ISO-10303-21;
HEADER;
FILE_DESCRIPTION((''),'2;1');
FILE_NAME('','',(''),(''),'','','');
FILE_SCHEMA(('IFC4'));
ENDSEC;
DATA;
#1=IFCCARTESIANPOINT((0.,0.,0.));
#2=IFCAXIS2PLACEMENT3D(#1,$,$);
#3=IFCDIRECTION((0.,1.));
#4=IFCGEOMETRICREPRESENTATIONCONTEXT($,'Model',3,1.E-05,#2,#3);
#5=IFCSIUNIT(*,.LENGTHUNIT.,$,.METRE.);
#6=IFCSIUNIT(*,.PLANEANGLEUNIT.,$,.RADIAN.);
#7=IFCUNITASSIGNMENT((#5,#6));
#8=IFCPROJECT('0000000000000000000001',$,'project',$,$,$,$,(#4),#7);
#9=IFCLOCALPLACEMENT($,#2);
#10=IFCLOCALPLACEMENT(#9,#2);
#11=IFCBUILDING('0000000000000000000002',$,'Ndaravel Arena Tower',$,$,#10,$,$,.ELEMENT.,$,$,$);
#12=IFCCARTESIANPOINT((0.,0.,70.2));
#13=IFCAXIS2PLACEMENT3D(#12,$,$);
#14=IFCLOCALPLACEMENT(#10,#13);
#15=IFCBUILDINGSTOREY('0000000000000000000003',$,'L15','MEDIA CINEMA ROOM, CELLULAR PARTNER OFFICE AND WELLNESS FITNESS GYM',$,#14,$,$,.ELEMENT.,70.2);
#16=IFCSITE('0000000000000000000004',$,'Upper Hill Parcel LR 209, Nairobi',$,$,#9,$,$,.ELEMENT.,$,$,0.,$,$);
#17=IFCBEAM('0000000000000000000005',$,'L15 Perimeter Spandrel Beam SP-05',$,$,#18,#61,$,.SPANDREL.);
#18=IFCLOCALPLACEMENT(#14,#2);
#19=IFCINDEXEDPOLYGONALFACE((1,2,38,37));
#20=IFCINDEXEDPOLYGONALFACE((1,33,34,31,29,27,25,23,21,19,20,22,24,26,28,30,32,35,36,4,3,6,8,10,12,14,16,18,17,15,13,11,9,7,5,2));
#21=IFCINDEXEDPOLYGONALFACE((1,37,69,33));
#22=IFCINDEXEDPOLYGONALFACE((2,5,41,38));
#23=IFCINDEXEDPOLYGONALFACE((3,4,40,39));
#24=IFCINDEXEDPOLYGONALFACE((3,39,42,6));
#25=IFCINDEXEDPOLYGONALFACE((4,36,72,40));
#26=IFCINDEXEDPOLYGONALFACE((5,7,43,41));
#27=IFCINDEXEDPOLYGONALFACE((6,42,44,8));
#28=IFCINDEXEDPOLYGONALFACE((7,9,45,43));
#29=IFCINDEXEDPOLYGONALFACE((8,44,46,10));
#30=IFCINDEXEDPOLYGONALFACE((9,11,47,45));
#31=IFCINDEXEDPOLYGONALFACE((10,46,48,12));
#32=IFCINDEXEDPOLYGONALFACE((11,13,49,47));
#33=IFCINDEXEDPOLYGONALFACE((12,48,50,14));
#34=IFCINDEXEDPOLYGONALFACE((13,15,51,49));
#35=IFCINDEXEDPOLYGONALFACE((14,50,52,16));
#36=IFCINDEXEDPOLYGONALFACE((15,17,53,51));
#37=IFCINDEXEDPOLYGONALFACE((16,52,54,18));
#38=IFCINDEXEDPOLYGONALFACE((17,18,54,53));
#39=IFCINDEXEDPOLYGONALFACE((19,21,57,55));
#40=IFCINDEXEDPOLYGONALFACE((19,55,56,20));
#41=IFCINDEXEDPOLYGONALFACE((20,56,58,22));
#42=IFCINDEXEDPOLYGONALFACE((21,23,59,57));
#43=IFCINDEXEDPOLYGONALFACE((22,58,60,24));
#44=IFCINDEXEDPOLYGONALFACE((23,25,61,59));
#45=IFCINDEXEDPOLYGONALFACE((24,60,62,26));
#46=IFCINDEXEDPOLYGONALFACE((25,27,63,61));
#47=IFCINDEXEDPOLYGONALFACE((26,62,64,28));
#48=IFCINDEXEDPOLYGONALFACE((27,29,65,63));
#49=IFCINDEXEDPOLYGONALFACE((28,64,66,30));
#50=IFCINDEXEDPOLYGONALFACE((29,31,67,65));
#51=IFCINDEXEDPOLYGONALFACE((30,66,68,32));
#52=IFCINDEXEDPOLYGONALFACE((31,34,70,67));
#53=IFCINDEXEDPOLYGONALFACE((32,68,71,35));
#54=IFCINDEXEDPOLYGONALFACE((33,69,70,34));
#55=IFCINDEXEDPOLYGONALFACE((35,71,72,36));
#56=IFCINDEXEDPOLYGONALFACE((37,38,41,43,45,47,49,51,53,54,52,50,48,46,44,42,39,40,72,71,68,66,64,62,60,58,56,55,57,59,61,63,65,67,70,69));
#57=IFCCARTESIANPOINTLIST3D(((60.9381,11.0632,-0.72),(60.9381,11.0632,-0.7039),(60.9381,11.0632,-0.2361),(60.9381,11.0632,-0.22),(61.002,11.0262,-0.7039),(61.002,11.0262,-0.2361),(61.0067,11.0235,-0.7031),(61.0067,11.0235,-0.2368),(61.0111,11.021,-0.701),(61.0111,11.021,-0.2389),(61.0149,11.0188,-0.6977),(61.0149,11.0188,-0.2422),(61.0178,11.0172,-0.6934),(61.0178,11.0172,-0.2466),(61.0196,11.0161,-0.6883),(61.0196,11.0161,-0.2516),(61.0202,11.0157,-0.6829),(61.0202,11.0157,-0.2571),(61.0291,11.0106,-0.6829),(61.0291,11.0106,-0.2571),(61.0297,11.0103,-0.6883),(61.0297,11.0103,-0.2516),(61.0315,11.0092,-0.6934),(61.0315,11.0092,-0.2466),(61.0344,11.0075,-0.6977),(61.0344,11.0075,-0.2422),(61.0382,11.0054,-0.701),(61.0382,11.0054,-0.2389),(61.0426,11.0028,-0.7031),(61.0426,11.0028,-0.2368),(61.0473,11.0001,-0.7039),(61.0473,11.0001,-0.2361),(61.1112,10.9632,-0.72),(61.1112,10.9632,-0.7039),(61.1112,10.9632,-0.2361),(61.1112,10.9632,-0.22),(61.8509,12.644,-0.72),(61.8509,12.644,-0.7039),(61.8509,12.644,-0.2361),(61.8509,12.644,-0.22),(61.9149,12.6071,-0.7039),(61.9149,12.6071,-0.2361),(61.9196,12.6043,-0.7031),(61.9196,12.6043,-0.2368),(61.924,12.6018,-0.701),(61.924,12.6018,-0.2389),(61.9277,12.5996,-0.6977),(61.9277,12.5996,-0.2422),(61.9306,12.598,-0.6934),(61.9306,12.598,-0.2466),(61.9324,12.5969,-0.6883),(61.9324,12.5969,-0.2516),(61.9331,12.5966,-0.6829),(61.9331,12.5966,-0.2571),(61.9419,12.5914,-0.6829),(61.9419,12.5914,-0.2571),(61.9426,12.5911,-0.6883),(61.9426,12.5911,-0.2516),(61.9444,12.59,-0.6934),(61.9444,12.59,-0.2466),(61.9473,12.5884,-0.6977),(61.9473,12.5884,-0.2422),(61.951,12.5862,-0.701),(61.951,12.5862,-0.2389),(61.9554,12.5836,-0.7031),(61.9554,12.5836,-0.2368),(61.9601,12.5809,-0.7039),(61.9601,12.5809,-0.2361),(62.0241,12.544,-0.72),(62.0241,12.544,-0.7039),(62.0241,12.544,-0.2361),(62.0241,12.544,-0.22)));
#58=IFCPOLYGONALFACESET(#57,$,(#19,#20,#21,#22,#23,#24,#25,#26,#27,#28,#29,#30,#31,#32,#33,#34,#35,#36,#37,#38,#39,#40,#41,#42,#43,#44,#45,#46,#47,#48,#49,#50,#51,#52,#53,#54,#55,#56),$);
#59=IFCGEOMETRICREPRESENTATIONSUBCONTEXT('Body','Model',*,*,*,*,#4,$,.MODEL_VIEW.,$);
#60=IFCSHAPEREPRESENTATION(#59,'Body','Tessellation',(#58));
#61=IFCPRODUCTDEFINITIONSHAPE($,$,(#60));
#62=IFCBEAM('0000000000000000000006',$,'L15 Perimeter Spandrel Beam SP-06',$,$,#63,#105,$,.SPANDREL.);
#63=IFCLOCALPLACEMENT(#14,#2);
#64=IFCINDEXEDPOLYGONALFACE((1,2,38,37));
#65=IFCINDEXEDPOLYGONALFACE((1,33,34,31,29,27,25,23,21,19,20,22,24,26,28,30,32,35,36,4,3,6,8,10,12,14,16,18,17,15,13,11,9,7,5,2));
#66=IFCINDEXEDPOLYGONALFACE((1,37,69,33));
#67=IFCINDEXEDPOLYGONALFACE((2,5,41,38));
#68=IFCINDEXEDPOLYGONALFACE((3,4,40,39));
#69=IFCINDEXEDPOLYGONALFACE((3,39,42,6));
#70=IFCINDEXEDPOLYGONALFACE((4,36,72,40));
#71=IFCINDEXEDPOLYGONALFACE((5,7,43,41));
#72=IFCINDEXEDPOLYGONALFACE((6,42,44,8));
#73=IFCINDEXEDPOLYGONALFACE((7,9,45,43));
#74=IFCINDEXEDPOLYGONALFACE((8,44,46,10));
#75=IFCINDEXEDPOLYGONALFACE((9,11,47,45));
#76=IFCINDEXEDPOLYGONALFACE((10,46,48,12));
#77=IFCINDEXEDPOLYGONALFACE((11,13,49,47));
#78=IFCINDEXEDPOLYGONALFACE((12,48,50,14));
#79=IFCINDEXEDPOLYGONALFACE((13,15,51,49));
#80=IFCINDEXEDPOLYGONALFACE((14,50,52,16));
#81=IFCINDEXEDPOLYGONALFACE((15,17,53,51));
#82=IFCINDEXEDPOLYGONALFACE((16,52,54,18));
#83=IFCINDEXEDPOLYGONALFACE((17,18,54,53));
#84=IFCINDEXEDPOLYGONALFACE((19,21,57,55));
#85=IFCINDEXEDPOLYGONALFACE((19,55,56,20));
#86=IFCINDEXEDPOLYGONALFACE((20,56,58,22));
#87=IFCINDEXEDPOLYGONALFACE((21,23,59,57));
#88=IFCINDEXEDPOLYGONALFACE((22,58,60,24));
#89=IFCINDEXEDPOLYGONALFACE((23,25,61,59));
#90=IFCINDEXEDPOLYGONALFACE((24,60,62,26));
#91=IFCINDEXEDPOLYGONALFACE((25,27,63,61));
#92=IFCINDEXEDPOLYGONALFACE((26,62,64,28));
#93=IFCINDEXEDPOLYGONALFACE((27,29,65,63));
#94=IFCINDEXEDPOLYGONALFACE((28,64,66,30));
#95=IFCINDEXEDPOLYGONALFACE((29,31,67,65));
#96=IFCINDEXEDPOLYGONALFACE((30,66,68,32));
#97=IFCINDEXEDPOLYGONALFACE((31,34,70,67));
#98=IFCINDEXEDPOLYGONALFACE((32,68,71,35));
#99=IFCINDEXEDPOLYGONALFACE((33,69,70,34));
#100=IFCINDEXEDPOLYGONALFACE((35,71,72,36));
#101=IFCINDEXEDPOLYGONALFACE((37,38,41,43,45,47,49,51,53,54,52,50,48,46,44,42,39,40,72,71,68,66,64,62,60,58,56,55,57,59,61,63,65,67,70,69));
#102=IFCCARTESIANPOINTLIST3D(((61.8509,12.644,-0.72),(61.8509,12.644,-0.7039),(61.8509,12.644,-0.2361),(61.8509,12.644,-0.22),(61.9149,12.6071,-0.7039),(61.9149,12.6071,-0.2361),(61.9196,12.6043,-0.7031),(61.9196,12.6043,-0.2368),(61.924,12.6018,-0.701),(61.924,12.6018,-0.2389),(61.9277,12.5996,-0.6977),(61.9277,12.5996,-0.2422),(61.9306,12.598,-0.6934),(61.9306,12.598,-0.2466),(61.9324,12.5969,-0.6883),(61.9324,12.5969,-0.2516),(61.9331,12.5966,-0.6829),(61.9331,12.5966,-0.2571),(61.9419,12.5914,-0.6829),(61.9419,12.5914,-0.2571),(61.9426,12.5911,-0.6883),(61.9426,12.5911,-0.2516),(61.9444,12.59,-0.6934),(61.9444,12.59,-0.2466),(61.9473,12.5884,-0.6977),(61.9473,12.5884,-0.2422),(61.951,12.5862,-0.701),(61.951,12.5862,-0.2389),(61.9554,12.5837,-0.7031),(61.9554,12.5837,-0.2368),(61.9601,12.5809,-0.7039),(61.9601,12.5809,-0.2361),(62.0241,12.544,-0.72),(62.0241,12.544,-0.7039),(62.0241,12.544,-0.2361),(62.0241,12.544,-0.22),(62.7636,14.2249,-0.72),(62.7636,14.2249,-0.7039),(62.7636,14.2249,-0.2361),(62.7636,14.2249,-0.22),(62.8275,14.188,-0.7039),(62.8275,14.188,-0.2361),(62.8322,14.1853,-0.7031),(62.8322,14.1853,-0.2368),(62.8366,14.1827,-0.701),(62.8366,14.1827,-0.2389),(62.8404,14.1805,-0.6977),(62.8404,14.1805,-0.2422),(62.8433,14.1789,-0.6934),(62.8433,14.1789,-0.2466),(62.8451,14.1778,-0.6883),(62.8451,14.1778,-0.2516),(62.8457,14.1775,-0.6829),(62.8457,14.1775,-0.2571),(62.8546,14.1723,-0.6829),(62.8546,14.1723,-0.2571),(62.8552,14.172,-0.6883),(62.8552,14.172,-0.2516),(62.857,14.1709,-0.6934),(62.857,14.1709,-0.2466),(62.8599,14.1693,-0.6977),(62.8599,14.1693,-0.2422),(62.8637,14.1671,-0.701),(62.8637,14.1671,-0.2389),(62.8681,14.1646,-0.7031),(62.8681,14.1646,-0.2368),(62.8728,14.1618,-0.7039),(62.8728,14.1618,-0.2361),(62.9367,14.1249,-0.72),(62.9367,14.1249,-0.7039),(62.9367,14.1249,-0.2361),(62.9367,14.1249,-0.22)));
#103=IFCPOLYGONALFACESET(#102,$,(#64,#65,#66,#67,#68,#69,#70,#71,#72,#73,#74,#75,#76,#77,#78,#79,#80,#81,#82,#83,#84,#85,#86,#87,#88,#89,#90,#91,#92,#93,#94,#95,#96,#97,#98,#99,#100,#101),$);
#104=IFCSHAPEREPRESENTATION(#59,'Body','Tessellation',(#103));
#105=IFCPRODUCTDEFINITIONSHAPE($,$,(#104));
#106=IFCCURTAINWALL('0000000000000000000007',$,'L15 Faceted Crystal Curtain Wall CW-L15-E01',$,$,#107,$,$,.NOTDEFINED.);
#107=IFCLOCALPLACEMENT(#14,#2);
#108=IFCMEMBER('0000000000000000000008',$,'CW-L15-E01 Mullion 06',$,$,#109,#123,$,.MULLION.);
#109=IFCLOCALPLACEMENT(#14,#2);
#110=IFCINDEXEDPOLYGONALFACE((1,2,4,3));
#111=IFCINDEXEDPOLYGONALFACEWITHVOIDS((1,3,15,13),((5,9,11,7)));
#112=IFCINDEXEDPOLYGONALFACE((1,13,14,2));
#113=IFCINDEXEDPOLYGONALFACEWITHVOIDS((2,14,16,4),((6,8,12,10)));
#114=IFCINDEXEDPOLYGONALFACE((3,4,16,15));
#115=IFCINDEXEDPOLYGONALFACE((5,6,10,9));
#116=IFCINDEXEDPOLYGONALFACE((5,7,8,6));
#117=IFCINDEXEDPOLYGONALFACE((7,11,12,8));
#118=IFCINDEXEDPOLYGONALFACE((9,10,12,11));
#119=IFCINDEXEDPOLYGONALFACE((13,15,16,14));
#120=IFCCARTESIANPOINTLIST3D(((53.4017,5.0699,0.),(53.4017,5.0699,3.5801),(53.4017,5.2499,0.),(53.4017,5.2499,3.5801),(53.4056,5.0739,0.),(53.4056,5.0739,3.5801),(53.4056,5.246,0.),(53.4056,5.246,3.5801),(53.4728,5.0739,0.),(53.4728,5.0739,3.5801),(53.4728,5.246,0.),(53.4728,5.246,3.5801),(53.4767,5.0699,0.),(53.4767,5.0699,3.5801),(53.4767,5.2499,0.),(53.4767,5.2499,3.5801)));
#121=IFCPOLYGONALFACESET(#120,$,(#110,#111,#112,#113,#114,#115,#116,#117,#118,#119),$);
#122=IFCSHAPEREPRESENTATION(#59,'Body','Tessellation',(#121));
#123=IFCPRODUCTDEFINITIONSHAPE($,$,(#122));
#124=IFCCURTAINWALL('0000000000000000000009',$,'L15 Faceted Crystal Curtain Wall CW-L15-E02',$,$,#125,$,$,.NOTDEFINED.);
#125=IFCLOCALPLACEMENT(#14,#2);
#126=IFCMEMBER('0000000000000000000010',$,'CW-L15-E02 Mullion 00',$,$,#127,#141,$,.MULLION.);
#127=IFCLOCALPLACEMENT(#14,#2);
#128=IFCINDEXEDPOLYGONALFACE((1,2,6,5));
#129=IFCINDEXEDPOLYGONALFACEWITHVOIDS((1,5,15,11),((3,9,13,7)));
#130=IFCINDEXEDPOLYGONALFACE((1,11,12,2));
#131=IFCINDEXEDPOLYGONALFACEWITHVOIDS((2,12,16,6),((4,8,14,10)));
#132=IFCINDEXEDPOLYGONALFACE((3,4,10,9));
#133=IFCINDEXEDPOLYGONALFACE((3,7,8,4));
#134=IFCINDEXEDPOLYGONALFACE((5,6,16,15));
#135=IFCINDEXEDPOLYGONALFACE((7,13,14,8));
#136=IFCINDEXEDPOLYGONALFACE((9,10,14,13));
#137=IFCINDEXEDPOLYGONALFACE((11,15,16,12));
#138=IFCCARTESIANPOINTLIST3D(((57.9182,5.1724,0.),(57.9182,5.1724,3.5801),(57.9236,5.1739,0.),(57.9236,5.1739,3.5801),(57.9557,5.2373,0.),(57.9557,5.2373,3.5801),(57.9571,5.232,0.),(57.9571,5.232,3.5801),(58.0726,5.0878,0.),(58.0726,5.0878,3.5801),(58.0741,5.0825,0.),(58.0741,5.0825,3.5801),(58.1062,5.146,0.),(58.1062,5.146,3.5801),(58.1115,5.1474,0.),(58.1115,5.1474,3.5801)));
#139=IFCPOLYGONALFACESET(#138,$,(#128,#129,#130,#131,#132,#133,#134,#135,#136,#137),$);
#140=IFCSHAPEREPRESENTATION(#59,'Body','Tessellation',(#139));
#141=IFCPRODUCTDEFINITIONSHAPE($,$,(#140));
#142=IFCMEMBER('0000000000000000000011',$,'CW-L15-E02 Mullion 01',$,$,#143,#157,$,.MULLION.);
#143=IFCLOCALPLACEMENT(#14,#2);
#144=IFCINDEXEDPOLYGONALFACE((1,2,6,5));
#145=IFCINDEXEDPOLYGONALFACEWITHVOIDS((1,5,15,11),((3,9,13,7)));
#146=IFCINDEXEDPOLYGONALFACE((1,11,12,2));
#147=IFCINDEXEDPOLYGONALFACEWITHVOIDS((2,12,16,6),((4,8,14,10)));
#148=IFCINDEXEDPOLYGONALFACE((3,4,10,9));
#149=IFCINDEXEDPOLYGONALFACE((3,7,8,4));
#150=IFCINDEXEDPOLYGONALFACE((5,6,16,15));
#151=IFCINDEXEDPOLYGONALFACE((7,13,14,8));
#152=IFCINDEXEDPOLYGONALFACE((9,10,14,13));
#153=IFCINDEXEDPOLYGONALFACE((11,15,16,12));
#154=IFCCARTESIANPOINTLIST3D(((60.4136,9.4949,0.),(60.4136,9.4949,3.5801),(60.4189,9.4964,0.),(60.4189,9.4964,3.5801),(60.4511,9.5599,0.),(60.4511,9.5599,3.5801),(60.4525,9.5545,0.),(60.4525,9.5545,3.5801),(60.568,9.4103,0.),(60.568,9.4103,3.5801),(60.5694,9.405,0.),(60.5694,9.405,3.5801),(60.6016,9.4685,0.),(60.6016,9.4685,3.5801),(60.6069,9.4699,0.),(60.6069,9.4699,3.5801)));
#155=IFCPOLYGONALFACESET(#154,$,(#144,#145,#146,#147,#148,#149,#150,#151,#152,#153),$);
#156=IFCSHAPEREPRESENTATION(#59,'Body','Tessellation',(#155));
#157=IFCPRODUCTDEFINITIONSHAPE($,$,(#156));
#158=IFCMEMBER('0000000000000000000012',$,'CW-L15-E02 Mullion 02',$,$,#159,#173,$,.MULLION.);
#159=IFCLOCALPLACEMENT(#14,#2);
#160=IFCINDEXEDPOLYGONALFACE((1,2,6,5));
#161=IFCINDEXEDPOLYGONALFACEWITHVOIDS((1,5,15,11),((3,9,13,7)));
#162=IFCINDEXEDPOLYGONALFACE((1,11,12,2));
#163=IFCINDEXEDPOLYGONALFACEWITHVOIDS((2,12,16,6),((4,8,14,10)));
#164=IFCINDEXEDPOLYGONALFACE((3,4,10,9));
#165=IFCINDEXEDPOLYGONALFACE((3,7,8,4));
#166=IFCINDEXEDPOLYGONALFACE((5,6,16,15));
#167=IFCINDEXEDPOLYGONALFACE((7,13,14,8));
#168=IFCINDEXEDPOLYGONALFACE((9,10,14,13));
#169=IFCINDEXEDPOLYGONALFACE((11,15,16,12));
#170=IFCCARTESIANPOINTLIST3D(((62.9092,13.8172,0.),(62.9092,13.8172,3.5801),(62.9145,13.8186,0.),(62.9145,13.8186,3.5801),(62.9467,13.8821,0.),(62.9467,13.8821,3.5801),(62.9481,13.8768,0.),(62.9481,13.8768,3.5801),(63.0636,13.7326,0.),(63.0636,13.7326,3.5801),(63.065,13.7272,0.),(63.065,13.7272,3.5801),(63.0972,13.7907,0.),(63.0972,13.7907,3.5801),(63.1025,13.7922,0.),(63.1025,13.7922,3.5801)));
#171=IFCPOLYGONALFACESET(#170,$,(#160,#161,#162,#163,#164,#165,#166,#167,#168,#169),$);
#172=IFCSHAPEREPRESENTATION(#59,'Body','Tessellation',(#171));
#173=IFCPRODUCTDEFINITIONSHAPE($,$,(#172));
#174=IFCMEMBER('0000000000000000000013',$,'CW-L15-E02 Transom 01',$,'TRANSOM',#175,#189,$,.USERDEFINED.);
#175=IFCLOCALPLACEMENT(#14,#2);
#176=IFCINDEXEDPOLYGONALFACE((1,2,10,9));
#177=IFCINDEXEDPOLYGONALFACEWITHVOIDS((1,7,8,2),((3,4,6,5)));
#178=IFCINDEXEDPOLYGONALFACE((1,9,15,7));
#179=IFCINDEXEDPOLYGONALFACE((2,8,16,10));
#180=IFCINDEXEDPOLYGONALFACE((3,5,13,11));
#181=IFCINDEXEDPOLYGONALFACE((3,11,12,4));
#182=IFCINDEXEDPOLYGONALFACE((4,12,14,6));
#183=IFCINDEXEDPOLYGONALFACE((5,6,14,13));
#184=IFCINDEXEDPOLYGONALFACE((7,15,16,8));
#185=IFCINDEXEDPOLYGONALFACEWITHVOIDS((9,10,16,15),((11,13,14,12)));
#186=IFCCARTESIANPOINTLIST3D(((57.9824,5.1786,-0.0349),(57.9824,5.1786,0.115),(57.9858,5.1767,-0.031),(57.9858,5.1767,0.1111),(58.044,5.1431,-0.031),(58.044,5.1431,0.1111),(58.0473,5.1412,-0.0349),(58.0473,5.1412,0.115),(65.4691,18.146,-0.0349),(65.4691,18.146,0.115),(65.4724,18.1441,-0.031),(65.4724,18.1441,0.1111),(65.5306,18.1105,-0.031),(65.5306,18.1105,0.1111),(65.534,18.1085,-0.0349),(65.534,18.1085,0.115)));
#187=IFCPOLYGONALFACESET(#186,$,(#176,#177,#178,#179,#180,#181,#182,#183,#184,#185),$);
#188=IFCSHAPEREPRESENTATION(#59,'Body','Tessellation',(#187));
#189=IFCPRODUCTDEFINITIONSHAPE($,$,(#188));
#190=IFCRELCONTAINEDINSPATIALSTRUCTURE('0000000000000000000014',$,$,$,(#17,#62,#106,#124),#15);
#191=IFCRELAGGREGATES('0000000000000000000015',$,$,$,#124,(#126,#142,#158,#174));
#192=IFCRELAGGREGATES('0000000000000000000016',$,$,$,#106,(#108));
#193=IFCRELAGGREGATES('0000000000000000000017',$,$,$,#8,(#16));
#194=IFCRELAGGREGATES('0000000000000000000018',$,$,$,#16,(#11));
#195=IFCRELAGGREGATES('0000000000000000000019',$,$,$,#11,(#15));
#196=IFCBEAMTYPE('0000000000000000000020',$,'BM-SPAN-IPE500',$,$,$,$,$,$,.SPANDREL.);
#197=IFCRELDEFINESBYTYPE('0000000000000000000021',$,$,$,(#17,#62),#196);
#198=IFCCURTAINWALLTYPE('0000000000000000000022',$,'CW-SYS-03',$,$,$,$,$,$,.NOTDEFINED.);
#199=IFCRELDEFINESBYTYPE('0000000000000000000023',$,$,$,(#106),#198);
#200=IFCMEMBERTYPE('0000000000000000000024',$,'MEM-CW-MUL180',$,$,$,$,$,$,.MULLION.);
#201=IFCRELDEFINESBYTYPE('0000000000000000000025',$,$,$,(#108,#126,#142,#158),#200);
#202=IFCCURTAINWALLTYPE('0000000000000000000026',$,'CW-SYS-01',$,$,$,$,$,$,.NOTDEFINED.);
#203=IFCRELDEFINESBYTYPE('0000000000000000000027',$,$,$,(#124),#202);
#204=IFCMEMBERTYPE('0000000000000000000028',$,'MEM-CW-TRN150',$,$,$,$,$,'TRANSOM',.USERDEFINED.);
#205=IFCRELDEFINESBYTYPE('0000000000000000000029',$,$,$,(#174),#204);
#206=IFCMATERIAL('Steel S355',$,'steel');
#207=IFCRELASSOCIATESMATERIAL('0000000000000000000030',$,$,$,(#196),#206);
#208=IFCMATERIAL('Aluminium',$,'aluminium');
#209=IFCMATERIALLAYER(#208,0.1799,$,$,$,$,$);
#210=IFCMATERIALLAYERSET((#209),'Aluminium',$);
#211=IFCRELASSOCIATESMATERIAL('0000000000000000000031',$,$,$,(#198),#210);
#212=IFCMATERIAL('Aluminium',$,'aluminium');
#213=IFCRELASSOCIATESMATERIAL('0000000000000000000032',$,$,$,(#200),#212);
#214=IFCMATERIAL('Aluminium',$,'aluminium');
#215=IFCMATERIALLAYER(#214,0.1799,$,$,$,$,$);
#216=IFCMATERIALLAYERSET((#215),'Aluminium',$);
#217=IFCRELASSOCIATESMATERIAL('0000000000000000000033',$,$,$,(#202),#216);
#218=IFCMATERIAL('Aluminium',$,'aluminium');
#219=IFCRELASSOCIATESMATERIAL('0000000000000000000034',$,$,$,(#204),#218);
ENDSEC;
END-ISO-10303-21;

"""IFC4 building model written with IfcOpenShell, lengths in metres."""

from ifc_helpers import new_model, si_unit, direction, frame, origin, origin_2d, place, context, subcontext, project, spatial, hollow_rectangle, i_section, extrude, material, layer, layer_set, material_profile, profile_set, type_object, element, aggregate, save


model = new_model("IFC4")

# Units and contexts
model_context = context("Model", 3, precision=1e-05, world=origin(), true_north=direction((0.0, 1.0)))
body_context = subcontext(model_context, "Body", "Model", "MODEL_VIEW")
ifc_project = project(units=[si_unit("LENGTHUNIT", "METRE"), si_unit("PLANEANGLEUNIT", "RADIAN")], contexts=[model_context])

# Site, building, storey
site_placement = place(None, origin())
site = spatial("IfcSite", under=ifc_project, at=site_placement, Name="Upper Hill Parcel LR 209, Nairobi", CompositionType="ELEMENT", RefElevation=0.0)
building_placement = place(site_placement, origin())
building = spatial("IfcBuilding", under=site, at=building_placement, Name="Ndaravel Arena Tower", CompositionType="ELEMENT")
storey_placement = place(building_placement, frame((0.0, 0.0, 70.2)))
storey = spatial("IfcBuildingStorey", under=building, at=storey_placement, Name="L15", Description="MEDIA CINEMA ROOM, CELLULAR PARTNER OFFICE AND WELLNESS FITNESS GYM", CompositionType="ELEMENT", Elevation=70.2)

# Beams
ifc_material_1 = material(Name="Steel S355", Category="steel")
ifc_material_profile_1 = material_profile(ifc_material_1, i_section(OverallWidth=0.2, OverallDepth=0.5, WebThickness=0.0103, FlangeThickness=0.0161, FilletRadius=0.021, at=origin_2d()), Name="IPE 500")
ifc_profile_set_1 = profile_set([ifc_material_profile_1], Name="Steel S355")
beam_type = type_object("IfcBeamType", Name="BM-SPAN-IPE500", PredefinedType="SPANDREL", material=ifc_profile_set_1)
for number, where, z_axis, x_axis, name in (
    (1, (61.0247, 11.0132, -0.47), (0.500066, 0.865987, 0.0), (-0.865987, 0.500066, 0.0), "L15 Perimeter Spandrel Beam SP-05"),
    (2, (61.9375, 12.594, -0.47), (0.499966, 0.866045, 0.0), (-0.866045, 0.499966, 0.0), "L15 Perimeter Spandrel Beam SP-06"),
):
    element("IfcBeam", number, at=place(storey_placement, frame(where, z_axis=z_axis, x_axis=x_axis)), inside=storey, type_object=beam_type, Name=name, PredefinedType="SPANDREL", context=body_context, shape_type="SweptSolid", body=[
        extrude(i_section(OverallWidth=0.2, OverallDepth=0.5, WebThickness=0.0103, FlangeThickness=0.0161, FilletRadius=0.021, at=origin_2d()), origin(), (0.0, 0.0, 1.0), 1.8254),
    ])

# Curtain wall, member
ifc_material_2 = material(Name="Aluminium", Category="aluminium")
ifc_layer_1 = layer(ifc_material_2, 0.1799)
ifc_layer_set_1 = layer_set([ifc_layer_1], Name="Aluminium")
curtain_wall_type_1 = type_object("IfcCurtainWallType", Name="CW-SYS-03", PredefinedType="NOTDEFINED", material=ifc_layer_set_1)
curtain_wall_1_placement = place(storey_placement, origin())
curtain_wall_1 = element("IfcCurtainWall", 3, at=curtain_wall_1_placement, inside=storey, type_object=curtain_wall_type_1, Name="L15 Faceted Crystal Curtain Wall CW-L15-E01", PredefinedType="NOTDEFINED")
ifc_material_3 = material(Name="Aluminium", Category="aluminium")
ifc_material_profile_2 = material_profile(ifc_material_3, hollow_rectangle(XDim=0.075, YDim=0.1799, WallThickness=0.0039, at=origin_2d()), Name="CW MULLION 75x180x4")
ifc_profile_set_2 = profile_set([ifc_material_profile_2], Name="Aluminium")
member_type_1 = type_object("IfcMemberType", Name="MEM-CW-MUL180", PredefinedType="MULLION", material=ifc_profile_set_2)
member_1_placement = place(storey_placement, frame((53.4392, 5.1599, 0.0), z_axis=(0.0, 0.0, 1.0), x_axis=(1.0, 0.0, 0.0)))
member_1 = element("IfcMember", 4, at=member_1_placement, type_object=member_type_1, Name="CW-L15-E01 Mullion 06", PredefinedType="MULLION", context=body_context, shape_type="SweptSolid", body=[
    extrude(hollow_rectangle(XDim=0.075, YDim=0.1799, WallThickness=0.0039, at=origin_2d()), origin(), (0.0, 0.0, 1.0), 3.5801),
])

# Curtain wall, members
ifc_material_4 = material(Name="Aluminium", Category="aluminium")
ifc_layer_2 = layer(ifc_material_4, 0.1799)
ifc_layer_set_2 = layer_set([ifc_layer_2], Name="Aluminium")
curtain_wall_type_2 = type_object("IfcCurtainWallType", Name="CW-SYS-01", PredefinedType="NOTDEFINED", material=ifc_layer_set_2)
curtain_wall_2_placement = place(storey_placement, origin())
curtain_wall_2 = element("IfcCurtainWall", 5, at=curtain_wall_2_placement, inside=storey, type_object=curtain_wall_type_2, Name="L15 Faceted Crystal Curtain Wall CW-L15-E02", PredefinedType="NOTDEFINED")
member_2_placement = place(storey_placement, frame((58.0149, 5.1599, 0.0), z_axis=(0.0, 0.0, 1.0), x_axis=(0.5, 0.866025, 0.0)))
member_2 = element("IfcMember", 6, at=member_2_placement, type_object=member_type_1, Name="CW-L15-E02 Mullion 00", PredefinedType="MULLION", context=body_context, shape_type="SweptSolid", body=[
    extrude(hollow_rectangle(XDim=0.075, YDim=0.1799, WallThickness=0.0039, at=origin_2d()), origin(), (0.0, 0.0, 1.0), 3.5801),
])
member_3_placement = place(storey_placement, frame((60.5103, 9.4824, 0.0), z_axis=(0.0, 0.0, 1.0), x_axis=(0.5, 0.866025, 0.0)))
member_3 = element("IfcMember", 7, at=member_3_placement, type_object=member_type_1, Name="CW-L15-E02 Mullion 01", PredefinedType="MULLION", context=body_context, shape_type="SweptSolid", body=[
    extrude(hollow_rectangle(XDim=0.075, YDim=0.1799, WallThickness=0.0039, at=origin_2d()), origin(), (0.0, 0.0, 1.0), 3.5801),
])
member_4_placement = place(storey_placement, frame((63.0059, 13.8047, 0.0), z_axis=(0.0, 0.0, 1.0), x_axis=(0.5, 0.866025, 0.0)))
member_4 = element("IfcMember", 8, at=member_4_placement, type_object=member_type_1, Name="CW-L15-E02 Mullion 02", PredefinedType="MULLION", context=body_context, shape_type="SweptSolid", body=[
    extrude(hollow_rectangle(XDim=0.075, YDim=0.1799, WallThickness=0.0039, at=origin_2d()), origin(), (0.0, 0.0, 1.0), 3.5801),
])
ifc_material_5 = material(Name="Aluminium", Category="aluminium")
ifc_material_profile_3 = material_profile(ifc_material_5, hollow_rectangle(XDim=0.075, YDim=0.1499, WallThickness=0.0039, at=origin_2d()), Name="CW TRANSOM 75x150x4")
ifc_profile_set_3 = profile_set([ifc_material_profile_3], Name="Aluminium")
member_type_2 = type_object("IfcMemberType", Name="MEM-CW-TRN150", ElementType="TRANSOM", PredefinedType="USERDEFINED", material=ifc_profile_set_3)
member_5_placement = place(storey_placement, frame((58.0149, 5.1599, 0.04), z_axis=(0.499995, 0.866028, 0.0), x_axis=(-0.866028, 0.499995, 0.0)))
member_5 = element("IfcMember", 9, at=member_5_placement, type_object=member_type_2, Name="CW-L15-E02 Transom 01", ObjectType="TRANSOM", PredefinedType="USERDEFINED", context=body_context, shape_type="SweptSolid", body=[
    extrude(hollow_rectangle(XDim=0.075, YDim=0.1499, WallThickness=0.0039, at=origin_2d()), origin(), (0.0, 0.0, 1.0), 14.9734),
])
aggregate(curtain_wall_2, [member_2, member_3, member_4, member_5])

aggregate(curtain_wall_1, [member_1])

save(model, "model.ifc")
